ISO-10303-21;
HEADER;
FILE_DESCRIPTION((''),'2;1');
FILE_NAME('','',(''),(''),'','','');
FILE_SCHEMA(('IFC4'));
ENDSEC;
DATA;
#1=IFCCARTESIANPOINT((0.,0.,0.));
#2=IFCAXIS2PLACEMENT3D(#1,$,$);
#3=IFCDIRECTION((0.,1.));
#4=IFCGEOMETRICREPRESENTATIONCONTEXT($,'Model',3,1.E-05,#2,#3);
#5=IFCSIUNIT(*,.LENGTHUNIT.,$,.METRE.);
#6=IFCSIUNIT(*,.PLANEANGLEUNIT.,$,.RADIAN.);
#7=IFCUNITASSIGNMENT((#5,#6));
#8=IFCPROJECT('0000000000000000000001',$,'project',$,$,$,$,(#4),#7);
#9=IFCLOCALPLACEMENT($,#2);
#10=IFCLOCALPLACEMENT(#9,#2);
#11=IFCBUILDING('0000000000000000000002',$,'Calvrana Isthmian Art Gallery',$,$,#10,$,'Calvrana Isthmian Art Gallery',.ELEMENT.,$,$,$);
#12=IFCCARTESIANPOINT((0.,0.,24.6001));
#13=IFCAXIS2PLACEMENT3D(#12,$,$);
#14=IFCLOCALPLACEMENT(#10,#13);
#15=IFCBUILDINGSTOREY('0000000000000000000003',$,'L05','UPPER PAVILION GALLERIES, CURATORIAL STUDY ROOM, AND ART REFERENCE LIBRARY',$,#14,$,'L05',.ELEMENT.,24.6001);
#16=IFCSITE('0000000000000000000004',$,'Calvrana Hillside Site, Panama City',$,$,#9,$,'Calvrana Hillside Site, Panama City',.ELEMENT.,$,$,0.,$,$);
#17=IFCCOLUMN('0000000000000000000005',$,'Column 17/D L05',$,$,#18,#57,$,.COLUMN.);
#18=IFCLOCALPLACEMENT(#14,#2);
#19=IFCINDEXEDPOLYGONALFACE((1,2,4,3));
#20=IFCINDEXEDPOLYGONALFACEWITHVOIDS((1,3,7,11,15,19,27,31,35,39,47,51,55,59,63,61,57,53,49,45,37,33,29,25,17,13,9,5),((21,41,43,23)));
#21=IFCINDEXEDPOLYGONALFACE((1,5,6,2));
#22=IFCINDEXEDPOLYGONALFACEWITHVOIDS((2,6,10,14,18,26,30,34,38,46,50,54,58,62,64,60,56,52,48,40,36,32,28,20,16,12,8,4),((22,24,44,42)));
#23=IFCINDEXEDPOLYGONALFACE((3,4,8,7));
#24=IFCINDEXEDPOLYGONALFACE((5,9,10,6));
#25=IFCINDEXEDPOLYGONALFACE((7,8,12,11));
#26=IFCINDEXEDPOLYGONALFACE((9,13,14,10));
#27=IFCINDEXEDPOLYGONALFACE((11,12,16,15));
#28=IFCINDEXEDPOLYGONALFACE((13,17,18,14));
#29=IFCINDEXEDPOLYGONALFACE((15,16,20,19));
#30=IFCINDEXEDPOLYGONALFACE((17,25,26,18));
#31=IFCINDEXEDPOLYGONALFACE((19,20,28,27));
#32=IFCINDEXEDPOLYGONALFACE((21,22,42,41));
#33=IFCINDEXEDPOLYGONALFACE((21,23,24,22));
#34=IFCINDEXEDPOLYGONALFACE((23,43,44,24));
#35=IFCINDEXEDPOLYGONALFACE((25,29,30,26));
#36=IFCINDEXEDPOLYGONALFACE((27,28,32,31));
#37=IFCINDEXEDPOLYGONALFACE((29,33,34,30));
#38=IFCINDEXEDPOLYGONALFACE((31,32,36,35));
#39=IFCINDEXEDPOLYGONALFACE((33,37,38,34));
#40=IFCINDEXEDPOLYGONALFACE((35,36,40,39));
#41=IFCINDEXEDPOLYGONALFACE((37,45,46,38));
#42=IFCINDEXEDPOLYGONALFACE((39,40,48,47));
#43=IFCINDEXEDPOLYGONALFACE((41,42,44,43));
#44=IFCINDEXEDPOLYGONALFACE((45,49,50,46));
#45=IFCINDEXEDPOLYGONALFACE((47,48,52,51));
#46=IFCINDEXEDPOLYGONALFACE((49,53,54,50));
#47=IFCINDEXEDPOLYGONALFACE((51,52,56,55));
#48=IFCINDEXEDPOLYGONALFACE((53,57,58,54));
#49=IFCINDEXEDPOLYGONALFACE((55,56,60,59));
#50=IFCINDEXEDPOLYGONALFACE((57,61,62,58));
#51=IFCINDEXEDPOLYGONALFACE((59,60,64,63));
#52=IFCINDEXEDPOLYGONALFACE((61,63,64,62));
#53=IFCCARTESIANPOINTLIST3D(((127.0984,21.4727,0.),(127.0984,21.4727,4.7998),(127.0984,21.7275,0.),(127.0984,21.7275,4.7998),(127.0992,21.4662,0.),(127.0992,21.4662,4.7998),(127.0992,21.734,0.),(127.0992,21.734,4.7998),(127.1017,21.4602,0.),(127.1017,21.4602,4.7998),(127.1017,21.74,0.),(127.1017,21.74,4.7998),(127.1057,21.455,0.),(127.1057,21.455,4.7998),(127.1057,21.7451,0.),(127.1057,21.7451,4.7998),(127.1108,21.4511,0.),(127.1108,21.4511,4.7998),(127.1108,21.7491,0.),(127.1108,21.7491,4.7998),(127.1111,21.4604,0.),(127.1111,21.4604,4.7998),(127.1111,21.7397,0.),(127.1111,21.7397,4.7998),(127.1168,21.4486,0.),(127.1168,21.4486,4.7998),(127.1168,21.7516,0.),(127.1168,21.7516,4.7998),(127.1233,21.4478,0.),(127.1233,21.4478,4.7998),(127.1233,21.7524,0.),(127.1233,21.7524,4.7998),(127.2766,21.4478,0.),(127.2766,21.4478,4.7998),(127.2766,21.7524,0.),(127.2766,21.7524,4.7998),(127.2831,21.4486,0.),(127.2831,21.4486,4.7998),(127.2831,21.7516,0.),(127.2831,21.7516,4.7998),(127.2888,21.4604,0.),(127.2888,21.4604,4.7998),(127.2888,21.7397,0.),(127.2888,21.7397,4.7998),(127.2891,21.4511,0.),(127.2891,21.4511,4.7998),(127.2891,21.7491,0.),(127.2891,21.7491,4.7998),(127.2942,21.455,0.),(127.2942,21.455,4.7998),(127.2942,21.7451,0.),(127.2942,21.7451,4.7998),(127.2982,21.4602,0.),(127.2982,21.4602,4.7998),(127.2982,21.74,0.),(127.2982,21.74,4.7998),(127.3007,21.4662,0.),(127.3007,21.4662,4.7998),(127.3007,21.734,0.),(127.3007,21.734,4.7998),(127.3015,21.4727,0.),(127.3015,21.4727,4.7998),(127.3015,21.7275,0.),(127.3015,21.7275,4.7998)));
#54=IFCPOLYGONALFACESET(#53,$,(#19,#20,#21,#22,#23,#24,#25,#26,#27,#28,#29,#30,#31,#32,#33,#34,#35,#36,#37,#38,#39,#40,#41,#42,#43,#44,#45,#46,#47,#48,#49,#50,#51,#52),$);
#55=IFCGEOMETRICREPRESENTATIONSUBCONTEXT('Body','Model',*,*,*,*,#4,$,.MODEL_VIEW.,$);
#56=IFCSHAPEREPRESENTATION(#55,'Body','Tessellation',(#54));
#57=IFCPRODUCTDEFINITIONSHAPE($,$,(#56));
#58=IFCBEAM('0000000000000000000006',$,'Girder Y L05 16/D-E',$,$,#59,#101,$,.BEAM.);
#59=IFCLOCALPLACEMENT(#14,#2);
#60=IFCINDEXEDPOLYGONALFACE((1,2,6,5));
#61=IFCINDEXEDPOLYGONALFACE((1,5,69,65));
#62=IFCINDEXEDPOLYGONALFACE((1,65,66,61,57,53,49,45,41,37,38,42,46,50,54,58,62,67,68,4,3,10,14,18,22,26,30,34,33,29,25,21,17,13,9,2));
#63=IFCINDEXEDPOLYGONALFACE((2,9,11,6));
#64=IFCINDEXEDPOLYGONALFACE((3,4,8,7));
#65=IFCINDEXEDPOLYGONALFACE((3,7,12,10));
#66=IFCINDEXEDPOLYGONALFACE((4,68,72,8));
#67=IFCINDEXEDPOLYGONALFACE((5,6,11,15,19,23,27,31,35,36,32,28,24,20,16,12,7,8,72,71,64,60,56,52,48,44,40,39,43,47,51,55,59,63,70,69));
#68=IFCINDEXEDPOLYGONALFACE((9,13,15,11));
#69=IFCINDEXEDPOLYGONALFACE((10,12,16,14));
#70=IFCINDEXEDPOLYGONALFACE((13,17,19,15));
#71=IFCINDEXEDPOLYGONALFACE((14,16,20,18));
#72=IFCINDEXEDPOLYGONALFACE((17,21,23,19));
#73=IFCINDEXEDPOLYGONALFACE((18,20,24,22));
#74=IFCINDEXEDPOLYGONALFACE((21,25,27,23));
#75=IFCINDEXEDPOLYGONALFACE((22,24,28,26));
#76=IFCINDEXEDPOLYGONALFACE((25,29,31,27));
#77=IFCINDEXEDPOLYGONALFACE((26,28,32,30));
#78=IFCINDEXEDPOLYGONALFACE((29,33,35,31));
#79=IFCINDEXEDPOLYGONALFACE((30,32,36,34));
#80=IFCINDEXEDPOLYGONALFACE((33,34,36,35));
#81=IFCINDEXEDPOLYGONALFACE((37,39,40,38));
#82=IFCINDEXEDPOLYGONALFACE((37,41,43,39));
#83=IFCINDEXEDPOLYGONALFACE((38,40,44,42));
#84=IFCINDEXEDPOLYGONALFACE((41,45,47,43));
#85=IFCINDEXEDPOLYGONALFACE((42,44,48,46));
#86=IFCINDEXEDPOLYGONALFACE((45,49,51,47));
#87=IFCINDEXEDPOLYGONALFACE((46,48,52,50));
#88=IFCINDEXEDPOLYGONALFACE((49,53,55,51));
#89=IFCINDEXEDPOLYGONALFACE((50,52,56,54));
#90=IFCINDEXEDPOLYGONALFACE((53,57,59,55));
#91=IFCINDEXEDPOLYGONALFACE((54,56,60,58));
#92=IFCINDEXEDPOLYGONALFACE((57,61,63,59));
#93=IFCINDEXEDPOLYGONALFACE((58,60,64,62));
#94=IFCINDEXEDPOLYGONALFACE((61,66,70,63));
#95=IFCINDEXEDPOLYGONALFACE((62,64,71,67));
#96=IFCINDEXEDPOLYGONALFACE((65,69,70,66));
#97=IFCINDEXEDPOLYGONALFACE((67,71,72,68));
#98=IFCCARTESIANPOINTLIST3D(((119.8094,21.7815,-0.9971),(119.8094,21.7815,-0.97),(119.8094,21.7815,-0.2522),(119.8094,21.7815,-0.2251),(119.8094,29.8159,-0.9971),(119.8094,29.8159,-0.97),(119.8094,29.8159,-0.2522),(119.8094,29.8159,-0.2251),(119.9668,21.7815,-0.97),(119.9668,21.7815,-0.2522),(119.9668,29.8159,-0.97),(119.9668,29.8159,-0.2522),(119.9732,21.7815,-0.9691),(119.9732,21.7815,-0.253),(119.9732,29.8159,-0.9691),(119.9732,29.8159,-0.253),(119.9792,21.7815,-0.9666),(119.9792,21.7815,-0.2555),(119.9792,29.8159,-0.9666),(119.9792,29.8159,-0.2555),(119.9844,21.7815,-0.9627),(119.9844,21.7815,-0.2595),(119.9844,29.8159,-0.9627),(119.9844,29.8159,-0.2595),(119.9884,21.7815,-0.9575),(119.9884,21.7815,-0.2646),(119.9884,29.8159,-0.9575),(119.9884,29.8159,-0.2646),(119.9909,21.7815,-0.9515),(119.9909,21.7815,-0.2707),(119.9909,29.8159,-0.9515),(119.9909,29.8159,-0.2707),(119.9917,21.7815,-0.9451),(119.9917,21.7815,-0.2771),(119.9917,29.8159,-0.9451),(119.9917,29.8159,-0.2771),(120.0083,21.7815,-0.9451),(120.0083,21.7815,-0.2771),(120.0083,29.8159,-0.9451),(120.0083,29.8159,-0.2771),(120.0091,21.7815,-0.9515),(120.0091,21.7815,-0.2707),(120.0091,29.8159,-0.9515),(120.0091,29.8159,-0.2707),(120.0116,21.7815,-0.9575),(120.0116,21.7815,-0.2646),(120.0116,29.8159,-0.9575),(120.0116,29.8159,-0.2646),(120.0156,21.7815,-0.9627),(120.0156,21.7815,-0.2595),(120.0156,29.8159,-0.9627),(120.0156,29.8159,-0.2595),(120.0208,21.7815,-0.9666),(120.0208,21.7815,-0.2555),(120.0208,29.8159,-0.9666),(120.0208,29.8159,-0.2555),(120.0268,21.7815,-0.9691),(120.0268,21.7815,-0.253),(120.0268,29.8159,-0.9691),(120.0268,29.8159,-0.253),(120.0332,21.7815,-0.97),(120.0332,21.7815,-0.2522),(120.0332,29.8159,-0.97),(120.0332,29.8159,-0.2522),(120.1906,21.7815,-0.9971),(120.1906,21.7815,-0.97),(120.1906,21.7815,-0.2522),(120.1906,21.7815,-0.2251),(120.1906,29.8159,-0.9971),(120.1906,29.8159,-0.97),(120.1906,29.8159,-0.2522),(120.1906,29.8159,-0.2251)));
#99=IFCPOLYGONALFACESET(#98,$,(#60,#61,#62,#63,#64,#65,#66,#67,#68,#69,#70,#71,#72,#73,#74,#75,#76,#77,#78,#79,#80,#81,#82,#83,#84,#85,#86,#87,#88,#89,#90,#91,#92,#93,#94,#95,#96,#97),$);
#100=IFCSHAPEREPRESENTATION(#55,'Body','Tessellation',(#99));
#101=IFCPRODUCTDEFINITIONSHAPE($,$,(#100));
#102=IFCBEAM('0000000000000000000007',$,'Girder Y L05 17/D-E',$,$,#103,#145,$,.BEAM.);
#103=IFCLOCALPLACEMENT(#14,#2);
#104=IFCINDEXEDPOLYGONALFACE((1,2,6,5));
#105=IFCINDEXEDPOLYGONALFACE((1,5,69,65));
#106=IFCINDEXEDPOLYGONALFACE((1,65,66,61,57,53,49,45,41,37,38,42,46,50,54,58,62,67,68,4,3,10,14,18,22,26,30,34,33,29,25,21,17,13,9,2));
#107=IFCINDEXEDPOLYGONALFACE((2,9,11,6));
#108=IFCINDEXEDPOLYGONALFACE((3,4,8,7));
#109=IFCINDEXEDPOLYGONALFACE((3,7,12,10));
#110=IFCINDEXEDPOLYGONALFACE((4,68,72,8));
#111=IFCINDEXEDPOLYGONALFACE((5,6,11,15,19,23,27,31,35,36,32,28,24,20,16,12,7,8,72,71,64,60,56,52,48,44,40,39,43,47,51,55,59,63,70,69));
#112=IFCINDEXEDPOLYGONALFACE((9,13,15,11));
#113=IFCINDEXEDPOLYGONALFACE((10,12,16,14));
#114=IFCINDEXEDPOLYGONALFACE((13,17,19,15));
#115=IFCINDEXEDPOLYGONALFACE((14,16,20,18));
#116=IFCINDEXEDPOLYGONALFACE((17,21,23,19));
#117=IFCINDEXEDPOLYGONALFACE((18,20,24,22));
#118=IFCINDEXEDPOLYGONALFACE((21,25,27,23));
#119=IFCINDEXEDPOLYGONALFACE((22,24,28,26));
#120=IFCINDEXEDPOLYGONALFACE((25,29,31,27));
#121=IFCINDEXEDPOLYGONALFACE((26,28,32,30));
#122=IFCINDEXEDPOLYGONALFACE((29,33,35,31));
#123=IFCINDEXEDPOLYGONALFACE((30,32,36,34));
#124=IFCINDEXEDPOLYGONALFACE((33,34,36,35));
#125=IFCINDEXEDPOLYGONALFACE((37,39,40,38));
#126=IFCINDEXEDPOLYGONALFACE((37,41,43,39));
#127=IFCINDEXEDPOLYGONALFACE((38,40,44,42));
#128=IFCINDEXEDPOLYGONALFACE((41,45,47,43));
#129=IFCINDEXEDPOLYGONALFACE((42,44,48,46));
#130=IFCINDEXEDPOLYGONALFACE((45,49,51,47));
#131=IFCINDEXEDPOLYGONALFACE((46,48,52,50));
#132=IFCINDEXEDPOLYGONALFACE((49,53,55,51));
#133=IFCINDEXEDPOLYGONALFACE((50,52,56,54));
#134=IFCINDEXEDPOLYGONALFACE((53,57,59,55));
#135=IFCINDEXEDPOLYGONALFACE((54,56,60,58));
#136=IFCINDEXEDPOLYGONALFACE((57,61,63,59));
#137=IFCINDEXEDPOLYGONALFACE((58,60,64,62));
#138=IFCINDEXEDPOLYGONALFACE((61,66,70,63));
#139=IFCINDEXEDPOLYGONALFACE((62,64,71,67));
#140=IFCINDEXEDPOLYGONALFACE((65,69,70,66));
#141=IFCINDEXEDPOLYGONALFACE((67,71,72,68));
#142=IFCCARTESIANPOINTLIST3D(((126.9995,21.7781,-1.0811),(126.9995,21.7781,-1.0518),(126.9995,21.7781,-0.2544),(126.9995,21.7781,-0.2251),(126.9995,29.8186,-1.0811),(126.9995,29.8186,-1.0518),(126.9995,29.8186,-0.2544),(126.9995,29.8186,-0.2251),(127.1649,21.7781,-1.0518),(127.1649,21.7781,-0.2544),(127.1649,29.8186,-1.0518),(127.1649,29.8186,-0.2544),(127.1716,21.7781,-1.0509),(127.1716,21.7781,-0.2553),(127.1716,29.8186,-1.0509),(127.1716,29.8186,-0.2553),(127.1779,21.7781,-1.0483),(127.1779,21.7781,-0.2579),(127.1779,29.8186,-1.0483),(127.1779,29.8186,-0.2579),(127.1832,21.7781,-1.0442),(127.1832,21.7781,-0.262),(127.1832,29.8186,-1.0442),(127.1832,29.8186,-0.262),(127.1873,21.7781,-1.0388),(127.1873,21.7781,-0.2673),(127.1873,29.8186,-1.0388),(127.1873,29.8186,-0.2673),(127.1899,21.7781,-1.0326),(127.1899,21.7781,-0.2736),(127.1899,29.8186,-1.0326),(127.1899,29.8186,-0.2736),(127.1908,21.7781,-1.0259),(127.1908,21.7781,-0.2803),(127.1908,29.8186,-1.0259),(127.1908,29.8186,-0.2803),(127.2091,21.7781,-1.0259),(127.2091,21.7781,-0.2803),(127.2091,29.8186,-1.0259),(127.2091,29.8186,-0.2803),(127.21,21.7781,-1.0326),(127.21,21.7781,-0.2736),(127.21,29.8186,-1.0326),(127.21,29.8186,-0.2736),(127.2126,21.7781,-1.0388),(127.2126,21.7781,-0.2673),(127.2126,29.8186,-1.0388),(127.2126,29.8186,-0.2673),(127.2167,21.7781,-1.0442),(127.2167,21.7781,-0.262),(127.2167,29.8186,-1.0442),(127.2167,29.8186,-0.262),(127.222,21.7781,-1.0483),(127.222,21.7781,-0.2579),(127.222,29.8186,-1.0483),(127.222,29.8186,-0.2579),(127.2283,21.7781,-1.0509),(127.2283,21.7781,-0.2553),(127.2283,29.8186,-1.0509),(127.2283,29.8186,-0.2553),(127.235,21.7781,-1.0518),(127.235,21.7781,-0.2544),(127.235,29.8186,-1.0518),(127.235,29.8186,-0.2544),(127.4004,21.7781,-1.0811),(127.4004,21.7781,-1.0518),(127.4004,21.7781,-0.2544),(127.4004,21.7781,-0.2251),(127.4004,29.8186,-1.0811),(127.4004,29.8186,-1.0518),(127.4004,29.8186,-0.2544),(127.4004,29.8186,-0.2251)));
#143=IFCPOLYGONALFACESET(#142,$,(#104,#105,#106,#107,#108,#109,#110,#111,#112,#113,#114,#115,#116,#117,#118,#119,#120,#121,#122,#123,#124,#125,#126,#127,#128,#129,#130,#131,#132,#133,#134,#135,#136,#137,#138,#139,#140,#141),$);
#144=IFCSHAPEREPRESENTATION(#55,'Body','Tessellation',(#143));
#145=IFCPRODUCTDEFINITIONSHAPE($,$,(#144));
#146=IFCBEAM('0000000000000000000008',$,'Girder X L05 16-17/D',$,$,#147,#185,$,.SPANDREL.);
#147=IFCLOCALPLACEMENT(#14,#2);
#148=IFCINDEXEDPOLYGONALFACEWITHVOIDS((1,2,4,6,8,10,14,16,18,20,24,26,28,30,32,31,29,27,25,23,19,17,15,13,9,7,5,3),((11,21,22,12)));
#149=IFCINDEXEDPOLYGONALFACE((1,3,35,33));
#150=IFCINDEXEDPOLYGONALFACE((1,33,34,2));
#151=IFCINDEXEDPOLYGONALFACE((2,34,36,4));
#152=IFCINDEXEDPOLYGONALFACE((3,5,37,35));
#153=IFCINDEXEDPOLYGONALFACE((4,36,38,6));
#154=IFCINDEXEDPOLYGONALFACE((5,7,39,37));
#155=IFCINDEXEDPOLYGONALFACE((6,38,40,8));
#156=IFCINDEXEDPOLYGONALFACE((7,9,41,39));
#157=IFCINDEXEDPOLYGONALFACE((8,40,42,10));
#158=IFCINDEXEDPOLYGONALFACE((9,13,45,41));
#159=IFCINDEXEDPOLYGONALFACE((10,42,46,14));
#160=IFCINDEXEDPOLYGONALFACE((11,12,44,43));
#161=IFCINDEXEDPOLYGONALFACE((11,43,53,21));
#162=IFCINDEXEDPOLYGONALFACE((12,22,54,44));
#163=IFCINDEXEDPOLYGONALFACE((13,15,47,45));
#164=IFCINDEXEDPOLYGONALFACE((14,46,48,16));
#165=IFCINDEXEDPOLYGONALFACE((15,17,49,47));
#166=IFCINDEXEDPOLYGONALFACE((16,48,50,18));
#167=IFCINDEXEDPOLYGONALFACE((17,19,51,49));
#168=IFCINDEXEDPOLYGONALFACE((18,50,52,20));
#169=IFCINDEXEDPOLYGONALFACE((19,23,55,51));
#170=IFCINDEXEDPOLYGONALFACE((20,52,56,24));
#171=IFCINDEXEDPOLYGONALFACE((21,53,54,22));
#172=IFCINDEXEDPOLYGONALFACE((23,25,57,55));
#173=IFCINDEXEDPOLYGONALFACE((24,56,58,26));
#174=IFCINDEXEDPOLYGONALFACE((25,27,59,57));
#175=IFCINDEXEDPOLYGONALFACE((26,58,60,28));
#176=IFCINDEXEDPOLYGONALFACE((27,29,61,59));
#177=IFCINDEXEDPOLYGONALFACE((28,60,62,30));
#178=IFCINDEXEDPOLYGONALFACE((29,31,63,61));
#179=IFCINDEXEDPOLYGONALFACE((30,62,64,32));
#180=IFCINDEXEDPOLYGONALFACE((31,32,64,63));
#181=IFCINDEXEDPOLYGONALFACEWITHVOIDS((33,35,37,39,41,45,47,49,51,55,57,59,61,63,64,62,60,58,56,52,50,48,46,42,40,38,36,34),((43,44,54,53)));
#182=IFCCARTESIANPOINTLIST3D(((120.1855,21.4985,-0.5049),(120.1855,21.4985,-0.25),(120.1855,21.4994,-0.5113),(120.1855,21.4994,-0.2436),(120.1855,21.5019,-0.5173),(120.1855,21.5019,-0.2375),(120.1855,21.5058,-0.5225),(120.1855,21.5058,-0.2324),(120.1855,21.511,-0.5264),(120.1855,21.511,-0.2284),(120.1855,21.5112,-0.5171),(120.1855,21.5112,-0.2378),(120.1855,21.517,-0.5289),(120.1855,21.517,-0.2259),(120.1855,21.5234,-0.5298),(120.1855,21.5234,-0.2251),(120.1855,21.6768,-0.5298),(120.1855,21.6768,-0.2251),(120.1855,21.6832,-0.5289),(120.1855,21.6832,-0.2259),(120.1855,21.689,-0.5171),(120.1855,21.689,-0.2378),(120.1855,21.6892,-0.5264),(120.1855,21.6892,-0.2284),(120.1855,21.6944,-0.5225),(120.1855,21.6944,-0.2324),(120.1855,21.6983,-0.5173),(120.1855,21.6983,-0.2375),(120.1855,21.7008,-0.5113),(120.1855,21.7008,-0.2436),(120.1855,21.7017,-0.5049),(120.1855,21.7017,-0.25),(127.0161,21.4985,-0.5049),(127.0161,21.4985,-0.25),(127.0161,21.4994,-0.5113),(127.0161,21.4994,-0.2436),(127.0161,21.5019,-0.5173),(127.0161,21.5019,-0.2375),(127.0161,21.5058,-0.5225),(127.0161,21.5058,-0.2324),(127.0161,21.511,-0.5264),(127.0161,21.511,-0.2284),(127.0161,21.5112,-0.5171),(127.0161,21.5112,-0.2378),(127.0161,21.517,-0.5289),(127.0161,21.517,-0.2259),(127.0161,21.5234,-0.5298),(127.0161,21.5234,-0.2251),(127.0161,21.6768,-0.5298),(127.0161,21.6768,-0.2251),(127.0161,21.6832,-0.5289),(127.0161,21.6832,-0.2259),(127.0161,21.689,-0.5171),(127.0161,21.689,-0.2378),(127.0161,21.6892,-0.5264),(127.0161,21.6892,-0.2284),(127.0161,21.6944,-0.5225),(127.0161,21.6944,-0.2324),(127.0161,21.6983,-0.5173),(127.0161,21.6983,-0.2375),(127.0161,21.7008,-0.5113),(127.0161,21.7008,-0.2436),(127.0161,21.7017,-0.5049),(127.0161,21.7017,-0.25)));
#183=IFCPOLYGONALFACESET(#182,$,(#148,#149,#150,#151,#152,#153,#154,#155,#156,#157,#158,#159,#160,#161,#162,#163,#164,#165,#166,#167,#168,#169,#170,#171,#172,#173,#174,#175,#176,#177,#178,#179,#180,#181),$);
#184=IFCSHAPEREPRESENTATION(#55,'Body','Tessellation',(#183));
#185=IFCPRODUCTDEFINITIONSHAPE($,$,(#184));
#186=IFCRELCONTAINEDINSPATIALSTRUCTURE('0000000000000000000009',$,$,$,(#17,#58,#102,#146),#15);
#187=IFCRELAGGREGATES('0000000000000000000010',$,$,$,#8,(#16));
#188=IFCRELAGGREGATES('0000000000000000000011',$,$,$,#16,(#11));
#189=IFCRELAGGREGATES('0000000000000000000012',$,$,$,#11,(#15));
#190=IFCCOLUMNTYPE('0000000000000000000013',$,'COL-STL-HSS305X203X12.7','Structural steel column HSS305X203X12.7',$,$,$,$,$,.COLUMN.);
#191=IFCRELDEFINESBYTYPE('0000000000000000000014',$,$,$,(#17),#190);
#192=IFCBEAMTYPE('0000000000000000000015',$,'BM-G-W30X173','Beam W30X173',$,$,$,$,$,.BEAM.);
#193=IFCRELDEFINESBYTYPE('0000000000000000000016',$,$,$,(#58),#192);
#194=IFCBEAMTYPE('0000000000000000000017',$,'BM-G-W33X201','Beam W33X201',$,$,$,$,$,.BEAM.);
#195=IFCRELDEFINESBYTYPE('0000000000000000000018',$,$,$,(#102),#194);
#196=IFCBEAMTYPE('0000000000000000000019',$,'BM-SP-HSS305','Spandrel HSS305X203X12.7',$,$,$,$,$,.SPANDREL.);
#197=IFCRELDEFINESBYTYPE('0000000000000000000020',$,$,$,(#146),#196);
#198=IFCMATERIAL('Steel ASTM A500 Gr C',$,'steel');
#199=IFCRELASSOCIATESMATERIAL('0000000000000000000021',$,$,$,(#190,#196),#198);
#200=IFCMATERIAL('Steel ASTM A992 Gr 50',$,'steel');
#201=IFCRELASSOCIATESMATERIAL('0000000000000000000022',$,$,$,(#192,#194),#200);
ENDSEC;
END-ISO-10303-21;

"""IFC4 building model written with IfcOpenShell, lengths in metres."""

from ifc_helpers import new_model, si_unit, direction, frame, origin, origin_2d, place, context, subcontext, project, spatial, hollow_rectangle, i_section, extrude, material, material_profile, profile_set, type_object, element, save


model = new_model("IFC4")

# Units and contexts
model_context = context("Model", 3, precision=1e-05, world=origin(), true_north=direction((0.0, 1.0)))
body_context = subcontext(model_context, "Body", "Model", "MODEL_VIEW")
ifc_project = project(units=[si_unit("LENGTHUNIT", "METRE"), si_unit("PLANEANGLEUNIT", "RADIAN")], contexts=[model_context])

# Site, building, storey
site_placement = place(None, origin())
site = spatial("IfcSite", under=ifc_project, at=site_placement, Name="Calvrana Hillside Site, Panama City", LongName="Calvrana Hillside Site, Panama City", CompositionType="ELEMENT", RefElevation=0.0)
building_placement = place(site_placement, origin())
building = spatial("IfcBuilding", under=site, at=building_placement, Name="Calvrana Isthmian Art Gallery", LongName="Calvrana Isthmian Art Gallery", CompositionType="ELEMENT")
storey_placement = place(building_placement, frame((0.0, 0.0, 24.6001)))
storey = spatial("IfcBuildingStorey", under=building, at=storey_placement, Name="L05", Description="UPPER PAVILION GALLERIES, CURATORIAL STUDY ROOM, AND ART REFERENCE LIBRARY", LongName="L05", CompositionType="ELEMENT", Elevation=24.6001)

# Column
ifc_material_1 = material(Name="Steel ASTM A500 Gr C", Category="steel")
ifc_material_profile_1 = material_profile(ifc_material_1, hollow_rectangle(XDim=0.2031, YDim=0.3047, WallThickness=0.0127, OuterFilletRadius=0.0249, at=origin_2d()), Name="HSS305X203X12.7")
ifc_profile_set_1 = profile_set([ifc_material_profile_1], Name="Steel ASTM A500 Gr C")
column_type = type_object("IfcColumnType", Name="COL-STL-HSS305X203X12.7", Description="Structural steel column HSS305X203X12.7", PredefinedType="COLUMN", material=ifc_profile_set_1)
column_placement = place(storey_placement, frame((127.2, 21.6001, 0.0), z_axis=(0.0, 0.0, 1.0), x_axis=(1.0, 0.0, 0.0)))
element("IfcColumn", 1, at=column_placement, inside=storey, type_object=column_type, Name="Column 17/D L05", PredefinedType="COLUMN", context=body_context, shape_type="SweptSolid", body=[
    extrude(hollow_rectangle(XDim=0.2031, YDim=0.3047, WallThickness=0.0127, OuterFilletRadius=0.0249, at=origin_2d()), origin(), (0.0, 0.0, 1.0), 4.7998),
])

# Beams
ifc_material_2 = material(Name="Steel ASTM A992 Gr 50", Category="steel")
ifc_material_profile_2 = material_profile(ifc_material_2, i_section(OverallWidth=0.3811, OverallDepth=0.772, WebThickness=0.0166, FlangeThickness=0.0271, FilletRadius=0.0249, at=origin_2d()), Name="W30X173")
ifc_profile_set_2 = profile_set([ifc_material_profile_2], Name="Steel ASTM A992 Gr 50")
beam_type_1 = type_object("IfcBeamType", Name="BM-G-W30X173", Description="Beam W30X173", PredefinedType="BEAM", material=ifc_profile_set_2)
beam_1_placement = place(storey_placement, frame((120.0, 21.7815, -0.6111), z_axis=(0.0, 1.0, 0.0), x_axis=(-1.0, 0.0, 0.0)))
element("IfcBeam", 2, at=beam_1_placement, inside=storey, type_object=beam_type_1, Name="Girder Y L05 16/D-E", PredefinedType="BEAM", context=body_context, shape_type="SweptSolid", body=[
    extrude(i_section(OverallWidth=0.3811, OverallDepth=0.772, WebThickness=0.0166, FlangeThickness=0.0271, FilletRadius=0.0249, at=origin_2d()), origin(), (0.0, 0.0, 1.0), 8.0344),
])
ifc_material_profile_3 = material_profile(ifc_material_2, i_section(OverallWidth=0.4009, OverallDepth=0.856, WebThickness=0.0183, FlangeThickness=0.0293, FilletRadius=0.0259, at=origin_2d()), Name="W33X201")
ifc_profile_set_3 = profile_set([ifc_material_profile_3], Name="Steel ASTM A992 Gr 50")
beam_type_2 = type_object("IfcBeamType", Name="BM-G-W33X201", Description="Beam W33X201", PredefinedType="BEAM", material=ifc_profile_set_3)
beam_2_placement = place(storey_placement, frame((127.2, 21.7781, -0.6531), z_axis=(0.0, 1.0, 0.0), x_axis=(-1.0, 0.0, 0.0)))
element("IfcBeam", 3, at=beam_2_placement, inside=storey, type_object=beam_type_2, Name="Girder Y L05 17/D-E", PredefinedType="BEAM", context=body_context, shape_type="SweptSolid", body=[
    extrude(i_section(OverallWidth=0.4009, OverallDepth=0.856, WebThickness=0.0183, FlangeThickness=0.0293, FilletRadius=0.0259, at=origin_2d()), origin(), (0.0, 0.0, 1.0), 8.0405),
])
ifc_material_profile_4 = material_profile(ifc_material_1, hollow_rectangle(XDim=0.2031, YDim=0.3047, WallThickness=0.0127, OuterFilletRadius=0.0249, at=origin_2d()), Name="HSS305X203X12.7")
ifc_profile_set_4 = profile_set([ifc_material_profile_4], Name="Steel ASTM A500 Gr C")
beam_type_3 = type_object("IfcBeamType", Name="BM-SP-HSS305", Description="Spandrel HSS305X203X12.7", PredefinedType="SPANDREL", material=ifc_profile_set_4)
beam_3_placement = place(storey_placement, frame((120.1855, 21.6001, -0.3774), z_axis=(1.0, 0.0, 0.0), x_axis=(0.0, 1.0, 0.0)))
element("IfcBeam", 4, at=beam_3_placement, inside=storey, type_object=beam_type_3, Name="Girder X L05 16-17/D", PredefinedType="SPANDREL", context=body_context, shape_type="SweptSolid", body=[
    extrude(hollow_rectangle(XDim=0.2031, YDim=0.3047, WallThickness=0.0127, OuterFilletRadius=0.0249, at=origin_2d()), origin(), (0.0, 0.0, 1.0), 6.8306),
])

save(model, "model.ifc")
